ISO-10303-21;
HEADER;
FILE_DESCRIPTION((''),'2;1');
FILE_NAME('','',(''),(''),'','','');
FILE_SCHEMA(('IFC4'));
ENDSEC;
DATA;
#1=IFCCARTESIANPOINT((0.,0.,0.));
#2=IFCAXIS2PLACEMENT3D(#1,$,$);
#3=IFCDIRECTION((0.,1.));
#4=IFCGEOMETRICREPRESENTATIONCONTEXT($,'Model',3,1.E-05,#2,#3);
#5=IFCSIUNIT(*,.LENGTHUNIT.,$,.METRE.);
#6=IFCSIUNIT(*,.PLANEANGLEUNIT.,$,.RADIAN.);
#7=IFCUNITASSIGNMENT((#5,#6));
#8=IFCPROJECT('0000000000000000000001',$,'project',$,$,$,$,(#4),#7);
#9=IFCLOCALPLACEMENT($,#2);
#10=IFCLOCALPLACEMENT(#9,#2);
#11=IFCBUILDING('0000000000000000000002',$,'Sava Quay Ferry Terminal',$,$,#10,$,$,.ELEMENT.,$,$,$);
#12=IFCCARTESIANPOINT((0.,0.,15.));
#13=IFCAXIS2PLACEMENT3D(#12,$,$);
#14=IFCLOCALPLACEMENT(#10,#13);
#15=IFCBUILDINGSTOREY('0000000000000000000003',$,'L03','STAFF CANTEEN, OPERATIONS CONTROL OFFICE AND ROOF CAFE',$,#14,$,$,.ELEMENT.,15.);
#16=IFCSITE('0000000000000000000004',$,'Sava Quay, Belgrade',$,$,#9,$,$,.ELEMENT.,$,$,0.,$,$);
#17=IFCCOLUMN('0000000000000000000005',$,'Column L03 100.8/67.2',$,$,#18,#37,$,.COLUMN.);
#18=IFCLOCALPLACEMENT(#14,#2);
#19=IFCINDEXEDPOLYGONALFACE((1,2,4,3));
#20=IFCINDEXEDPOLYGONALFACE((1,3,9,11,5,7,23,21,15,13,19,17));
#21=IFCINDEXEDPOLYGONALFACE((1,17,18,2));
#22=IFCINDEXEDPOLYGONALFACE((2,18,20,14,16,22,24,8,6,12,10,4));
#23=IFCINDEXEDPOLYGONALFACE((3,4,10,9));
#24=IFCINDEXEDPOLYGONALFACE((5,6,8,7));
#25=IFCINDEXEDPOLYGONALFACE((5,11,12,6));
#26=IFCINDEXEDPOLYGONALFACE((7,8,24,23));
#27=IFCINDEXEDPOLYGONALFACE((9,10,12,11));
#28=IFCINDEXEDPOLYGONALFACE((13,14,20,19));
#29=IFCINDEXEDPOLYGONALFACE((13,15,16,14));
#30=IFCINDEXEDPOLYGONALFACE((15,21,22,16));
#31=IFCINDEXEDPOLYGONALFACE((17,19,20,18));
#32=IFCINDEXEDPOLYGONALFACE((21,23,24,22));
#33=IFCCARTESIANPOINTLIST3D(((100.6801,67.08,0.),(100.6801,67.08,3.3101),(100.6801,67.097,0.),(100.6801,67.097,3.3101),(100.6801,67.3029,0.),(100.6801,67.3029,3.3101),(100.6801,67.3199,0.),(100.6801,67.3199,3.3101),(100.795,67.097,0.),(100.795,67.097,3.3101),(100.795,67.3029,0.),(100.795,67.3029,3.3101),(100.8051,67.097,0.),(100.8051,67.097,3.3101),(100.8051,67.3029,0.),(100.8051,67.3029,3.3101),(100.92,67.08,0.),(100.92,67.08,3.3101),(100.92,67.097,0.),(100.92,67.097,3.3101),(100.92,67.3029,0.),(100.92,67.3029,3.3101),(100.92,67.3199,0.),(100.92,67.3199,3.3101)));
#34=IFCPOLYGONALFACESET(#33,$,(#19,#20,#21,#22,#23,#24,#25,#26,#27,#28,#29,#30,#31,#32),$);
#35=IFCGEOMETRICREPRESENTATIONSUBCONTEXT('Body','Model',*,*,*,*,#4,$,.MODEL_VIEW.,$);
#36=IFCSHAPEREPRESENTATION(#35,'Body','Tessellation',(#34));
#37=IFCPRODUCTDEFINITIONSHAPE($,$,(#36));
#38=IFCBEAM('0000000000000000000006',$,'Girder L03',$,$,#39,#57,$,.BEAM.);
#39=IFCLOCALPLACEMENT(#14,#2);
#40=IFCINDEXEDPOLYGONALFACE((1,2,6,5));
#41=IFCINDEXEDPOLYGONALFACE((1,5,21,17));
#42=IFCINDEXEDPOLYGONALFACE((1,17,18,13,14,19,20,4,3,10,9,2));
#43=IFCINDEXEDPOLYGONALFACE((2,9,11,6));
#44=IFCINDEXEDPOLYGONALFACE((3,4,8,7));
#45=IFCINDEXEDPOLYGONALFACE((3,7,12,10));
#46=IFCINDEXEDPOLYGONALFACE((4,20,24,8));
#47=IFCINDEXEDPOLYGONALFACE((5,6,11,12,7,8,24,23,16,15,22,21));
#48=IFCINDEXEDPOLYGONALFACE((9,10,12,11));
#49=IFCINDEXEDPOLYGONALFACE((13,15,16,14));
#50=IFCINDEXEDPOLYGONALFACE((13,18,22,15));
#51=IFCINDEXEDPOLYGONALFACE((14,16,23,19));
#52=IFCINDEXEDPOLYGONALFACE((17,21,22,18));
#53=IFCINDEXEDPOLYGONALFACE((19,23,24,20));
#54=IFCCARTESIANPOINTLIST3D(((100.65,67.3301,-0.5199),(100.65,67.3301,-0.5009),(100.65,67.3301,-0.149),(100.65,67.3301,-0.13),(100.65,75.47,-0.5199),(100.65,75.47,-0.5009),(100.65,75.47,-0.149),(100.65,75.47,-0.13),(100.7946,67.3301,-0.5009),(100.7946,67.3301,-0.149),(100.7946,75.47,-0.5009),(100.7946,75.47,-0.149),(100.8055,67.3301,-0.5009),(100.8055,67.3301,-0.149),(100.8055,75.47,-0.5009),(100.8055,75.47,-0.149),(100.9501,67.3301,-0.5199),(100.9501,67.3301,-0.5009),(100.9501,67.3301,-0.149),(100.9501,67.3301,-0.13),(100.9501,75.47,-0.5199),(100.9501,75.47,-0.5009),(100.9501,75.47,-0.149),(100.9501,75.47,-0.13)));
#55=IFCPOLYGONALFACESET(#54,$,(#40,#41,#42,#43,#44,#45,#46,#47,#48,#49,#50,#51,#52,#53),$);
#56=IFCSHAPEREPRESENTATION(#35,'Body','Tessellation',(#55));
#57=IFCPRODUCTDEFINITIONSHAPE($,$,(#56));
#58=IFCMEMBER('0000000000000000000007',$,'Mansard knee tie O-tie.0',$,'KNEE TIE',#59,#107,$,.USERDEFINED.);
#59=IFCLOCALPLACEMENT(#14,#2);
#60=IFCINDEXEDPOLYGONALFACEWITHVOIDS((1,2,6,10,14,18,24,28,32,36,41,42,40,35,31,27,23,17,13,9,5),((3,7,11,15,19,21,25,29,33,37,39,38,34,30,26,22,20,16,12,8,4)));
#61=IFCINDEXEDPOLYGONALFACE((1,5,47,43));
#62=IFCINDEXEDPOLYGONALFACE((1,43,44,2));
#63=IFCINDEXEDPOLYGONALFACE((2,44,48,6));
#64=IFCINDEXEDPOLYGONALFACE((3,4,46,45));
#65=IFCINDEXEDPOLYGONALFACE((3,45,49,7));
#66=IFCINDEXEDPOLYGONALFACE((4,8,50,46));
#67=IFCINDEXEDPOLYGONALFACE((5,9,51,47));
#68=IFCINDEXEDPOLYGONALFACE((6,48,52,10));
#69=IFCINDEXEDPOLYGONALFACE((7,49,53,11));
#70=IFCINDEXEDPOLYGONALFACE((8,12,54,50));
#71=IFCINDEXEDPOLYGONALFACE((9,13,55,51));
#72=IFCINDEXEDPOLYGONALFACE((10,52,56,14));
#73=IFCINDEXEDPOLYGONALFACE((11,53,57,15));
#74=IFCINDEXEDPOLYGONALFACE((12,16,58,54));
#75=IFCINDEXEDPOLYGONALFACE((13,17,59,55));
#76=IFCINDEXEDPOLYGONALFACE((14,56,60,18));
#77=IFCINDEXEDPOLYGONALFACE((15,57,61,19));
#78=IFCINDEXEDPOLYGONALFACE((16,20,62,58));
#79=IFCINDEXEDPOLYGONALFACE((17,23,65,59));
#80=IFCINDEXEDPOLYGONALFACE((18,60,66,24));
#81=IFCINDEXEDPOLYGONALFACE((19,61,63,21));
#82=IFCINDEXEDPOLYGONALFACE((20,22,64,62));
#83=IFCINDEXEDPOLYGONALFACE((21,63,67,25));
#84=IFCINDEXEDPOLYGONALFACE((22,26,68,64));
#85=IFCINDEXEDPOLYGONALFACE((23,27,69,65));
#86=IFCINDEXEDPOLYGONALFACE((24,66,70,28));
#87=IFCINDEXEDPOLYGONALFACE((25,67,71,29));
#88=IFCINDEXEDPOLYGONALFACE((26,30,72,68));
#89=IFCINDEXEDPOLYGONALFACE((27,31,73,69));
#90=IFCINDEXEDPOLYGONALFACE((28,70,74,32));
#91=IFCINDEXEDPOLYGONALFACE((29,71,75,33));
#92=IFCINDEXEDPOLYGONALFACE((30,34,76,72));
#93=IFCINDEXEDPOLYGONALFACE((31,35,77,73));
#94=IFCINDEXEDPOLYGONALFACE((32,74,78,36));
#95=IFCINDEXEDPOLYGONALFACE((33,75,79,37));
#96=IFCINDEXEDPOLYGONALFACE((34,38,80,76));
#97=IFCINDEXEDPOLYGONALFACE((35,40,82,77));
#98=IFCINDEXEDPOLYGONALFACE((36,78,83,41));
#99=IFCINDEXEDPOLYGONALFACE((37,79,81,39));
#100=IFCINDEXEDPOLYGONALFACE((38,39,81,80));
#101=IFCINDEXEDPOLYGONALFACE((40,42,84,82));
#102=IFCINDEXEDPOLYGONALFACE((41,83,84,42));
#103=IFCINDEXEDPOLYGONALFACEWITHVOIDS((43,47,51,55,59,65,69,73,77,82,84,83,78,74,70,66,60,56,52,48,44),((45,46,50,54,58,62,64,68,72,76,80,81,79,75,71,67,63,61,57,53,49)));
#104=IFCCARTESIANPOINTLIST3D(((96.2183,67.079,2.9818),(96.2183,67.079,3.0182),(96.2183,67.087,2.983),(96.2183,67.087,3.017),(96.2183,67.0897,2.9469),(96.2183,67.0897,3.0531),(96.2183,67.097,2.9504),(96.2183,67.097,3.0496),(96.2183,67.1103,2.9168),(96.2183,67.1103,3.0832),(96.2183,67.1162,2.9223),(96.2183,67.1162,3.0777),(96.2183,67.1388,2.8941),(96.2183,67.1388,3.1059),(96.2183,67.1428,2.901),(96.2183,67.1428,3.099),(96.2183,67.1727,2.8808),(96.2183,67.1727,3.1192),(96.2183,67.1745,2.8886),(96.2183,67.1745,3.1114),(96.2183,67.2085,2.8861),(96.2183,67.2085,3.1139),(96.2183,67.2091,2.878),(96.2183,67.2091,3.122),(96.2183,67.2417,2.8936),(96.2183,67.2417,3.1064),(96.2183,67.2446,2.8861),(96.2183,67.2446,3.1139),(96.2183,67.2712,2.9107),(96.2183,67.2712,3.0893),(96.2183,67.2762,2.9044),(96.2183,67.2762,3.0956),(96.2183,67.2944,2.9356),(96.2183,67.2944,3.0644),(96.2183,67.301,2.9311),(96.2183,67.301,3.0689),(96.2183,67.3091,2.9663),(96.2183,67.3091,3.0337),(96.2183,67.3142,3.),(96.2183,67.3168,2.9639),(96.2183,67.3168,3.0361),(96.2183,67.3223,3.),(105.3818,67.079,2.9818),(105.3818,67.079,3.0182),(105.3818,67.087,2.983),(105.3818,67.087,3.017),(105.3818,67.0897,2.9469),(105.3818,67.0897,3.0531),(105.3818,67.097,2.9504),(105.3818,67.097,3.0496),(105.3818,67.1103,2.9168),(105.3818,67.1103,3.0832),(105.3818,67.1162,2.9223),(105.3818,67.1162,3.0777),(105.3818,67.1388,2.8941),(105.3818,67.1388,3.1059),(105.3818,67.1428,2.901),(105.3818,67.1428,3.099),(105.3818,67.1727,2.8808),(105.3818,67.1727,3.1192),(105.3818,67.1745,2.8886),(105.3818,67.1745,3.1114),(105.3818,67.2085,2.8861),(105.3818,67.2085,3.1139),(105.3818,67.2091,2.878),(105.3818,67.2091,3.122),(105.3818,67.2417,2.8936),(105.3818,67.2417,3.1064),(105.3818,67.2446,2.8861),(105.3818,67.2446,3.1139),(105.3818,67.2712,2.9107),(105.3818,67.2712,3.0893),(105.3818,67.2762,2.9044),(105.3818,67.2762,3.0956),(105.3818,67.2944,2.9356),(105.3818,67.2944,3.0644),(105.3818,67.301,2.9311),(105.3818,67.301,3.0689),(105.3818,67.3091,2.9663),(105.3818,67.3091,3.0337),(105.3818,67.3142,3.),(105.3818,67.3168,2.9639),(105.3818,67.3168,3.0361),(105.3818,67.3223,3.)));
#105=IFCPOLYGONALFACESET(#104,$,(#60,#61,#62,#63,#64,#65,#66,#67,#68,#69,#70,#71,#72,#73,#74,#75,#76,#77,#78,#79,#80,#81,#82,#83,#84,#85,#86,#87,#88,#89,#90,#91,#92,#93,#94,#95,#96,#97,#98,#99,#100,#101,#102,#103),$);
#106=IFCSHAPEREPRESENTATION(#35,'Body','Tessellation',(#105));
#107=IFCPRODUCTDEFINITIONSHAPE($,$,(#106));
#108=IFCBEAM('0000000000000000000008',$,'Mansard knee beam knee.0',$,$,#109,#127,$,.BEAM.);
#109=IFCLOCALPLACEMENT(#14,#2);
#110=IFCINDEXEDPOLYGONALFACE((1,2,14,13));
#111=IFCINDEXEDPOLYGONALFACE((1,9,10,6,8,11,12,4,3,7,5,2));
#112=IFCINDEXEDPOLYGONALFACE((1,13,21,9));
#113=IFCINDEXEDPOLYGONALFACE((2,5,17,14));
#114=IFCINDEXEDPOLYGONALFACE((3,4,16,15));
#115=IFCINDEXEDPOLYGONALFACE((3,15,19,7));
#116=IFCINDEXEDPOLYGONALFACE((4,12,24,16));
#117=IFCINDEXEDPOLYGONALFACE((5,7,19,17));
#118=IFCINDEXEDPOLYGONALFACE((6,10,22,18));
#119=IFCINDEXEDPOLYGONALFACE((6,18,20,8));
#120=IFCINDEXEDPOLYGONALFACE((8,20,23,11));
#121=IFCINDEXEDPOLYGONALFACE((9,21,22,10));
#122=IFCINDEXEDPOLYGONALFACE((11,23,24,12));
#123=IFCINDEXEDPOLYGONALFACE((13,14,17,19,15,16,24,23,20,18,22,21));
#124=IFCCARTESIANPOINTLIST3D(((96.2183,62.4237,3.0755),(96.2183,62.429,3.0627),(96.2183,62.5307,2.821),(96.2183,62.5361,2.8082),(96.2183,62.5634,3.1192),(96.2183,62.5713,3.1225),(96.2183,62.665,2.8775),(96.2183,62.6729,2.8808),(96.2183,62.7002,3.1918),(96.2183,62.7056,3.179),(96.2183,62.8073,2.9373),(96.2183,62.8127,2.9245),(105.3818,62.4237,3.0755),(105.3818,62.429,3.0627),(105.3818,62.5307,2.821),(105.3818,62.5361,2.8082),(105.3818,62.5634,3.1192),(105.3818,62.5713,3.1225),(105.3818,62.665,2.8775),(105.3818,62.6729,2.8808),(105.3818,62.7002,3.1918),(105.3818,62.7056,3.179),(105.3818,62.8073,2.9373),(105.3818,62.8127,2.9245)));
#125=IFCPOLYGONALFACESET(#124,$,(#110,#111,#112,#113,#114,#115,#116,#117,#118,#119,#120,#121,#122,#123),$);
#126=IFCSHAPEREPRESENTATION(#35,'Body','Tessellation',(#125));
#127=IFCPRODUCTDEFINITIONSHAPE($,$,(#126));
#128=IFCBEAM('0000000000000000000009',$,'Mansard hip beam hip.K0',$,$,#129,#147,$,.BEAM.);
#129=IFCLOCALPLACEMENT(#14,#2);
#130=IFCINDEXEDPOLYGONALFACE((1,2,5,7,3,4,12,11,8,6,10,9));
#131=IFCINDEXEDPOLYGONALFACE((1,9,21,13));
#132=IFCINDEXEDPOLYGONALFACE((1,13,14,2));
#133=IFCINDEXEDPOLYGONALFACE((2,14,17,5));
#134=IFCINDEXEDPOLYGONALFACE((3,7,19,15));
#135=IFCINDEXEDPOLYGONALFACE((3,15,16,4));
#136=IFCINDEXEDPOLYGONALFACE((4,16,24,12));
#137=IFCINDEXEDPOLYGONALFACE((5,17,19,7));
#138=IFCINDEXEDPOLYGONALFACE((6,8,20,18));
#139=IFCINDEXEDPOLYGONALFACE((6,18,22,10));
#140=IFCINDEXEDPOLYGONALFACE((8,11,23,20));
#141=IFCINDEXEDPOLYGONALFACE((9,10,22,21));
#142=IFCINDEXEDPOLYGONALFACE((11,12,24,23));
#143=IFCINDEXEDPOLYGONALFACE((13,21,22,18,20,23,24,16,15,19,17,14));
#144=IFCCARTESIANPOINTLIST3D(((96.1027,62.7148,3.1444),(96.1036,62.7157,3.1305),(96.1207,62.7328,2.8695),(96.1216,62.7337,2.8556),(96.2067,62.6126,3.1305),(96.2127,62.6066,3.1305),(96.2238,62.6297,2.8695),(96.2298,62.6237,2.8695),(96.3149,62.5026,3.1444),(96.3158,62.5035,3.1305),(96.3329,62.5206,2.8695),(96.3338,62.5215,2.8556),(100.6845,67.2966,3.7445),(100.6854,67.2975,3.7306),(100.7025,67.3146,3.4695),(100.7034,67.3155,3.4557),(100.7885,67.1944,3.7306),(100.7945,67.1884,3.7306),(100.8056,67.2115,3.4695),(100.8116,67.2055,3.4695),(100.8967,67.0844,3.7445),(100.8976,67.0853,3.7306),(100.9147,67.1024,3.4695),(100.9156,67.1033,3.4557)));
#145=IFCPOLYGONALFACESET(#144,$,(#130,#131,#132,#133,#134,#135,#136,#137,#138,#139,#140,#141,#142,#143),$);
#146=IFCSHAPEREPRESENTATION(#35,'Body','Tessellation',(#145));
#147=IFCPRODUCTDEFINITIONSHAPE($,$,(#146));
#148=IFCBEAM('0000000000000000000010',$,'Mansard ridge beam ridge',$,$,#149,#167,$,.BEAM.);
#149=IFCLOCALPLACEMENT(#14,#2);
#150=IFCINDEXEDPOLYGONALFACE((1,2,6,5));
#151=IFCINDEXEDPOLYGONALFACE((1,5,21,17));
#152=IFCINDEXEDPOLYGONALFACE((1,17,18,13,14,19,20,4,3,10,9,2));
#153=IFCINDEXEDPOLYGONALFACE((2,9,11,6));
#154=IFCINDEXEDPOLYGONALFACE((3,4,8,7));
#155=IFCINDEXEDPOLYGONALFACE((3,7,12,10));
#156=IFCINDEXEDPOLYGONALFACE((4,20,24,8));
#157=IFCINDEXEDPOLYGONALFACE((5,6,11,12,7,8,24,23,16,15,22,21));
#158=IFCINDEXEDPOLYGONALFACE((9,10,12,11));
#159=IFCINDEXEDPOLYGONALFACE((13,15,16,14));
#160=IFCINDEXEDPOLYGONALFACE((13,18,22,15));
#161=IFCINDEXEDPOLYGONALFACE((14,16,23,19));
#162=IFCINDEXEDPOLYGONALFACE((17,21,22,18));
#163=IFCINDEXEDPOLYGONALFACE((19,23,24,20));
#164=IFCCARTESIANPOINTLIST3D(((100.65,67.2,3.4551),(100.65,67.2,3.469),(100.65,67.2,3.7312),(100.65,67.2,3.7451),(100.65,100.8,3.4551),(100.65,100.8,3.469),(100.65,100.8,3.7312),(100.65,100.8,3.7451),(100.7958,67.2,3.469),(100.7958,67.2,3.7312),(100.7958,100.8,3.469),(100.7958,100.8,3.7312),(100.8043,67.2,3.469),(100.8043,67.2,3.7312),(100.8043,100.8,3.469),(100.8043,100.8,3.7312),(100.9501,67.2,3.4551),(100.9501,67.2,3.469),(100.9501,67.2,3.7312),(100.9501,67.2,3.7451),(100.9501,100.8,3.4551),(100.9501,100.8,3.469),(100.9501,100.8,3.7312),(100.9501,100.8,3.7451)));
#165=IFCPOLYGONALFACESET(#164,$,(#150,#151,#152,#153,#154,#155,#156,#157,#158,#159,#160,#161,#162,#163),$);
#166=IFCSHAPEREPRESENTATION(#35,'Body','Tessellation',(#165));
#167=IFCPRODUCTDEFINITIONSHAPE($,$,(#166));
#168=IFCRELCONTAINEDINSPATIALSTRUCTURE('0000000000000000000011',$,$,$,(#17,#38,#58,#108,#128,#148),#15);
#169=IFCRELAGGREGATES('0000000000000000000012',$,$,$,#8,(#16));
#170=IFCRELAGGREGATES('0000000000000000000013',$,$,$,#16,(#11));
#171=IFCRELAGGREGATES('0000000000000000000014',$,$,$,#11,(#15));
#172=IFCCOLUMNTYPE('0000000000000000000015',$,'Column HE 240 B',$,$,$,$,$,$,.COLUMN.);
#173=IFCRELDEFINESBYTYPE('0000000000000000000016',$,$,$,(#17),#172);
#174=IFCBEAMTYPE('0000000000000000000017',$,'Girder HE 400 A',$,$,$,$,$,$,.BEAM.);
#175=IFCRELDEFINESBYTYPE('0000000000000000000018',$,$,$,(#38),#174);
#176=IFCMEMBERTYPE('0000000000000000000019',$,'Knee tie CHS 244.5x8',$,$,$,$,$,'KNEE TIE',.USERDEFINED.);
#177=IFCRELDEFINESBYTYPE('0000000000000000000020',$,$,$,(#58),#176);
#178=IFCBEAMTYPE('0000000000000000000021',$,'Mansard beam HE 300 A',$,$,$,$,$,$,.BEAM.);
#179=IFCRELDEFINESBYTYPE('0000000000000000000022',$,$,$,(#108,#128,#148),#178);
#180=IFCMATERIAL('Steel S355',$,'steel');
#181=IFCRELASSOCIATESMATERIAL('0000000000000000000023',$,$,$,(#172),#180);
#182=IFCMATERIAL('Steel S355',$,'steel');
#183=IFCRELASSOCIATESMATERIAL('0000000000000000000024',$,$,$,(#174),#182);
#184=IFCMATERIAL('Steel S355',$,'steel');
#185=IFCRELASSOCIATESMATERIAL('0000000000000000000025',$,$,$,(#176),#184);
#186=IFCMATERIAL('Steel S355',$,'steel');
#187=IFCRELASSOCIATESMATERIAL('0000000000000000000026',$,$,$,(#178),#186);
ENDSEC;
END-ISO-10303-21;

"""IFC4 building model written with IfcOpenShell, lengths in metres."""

from ifc_helpers import new_model, si_unit, direction, frame, origin, origin_2d, place, context, subcontext, project, spatial, hollow_circle, i_section, extrude, material, material_profile, profile_set, type_object, element, save


model = new_model("IFC4")

# Units and contexts
model_context = context("Model", 3, precision=1e-05, world=origin(), true_north=direction((0.0, 1.0)))
body_context = subcontext(model_context, "Body", "Model", "MODEL_VIEW")
ifc_project = project(units=[si_unit("LENGTHUNIT", "METRE"), si_unit("PLANEANGLEUNIT", "RADIAN")], contexts=[model_context])

# Site, building, storey
site_placement = place(None, origin())
site = spatial("IfcSite", under=ifc_project, at=site_placement, Name="Sava Quay, Belgrade", CompositionType="ELEMENT", RefElevation=0.0)
building_placement = place(site_placement, origin())
building = spatial("IfcBuilding", under=site, at=building_placement, Name="Sava Quay Ferry Terminal", CompositionType="ELEMENT")
storey_placement = place(building_placement, frame((0.0, 0.0, 15.0)))
storey = spatial("IfcBuildingStorey", under=building, at=storey_placement, Name="L03", Description="STAFF CANTEEN, OPERATIONS CONTROL OFFICE AND ROOF CAFE", CompositionType="ELEMENT", Elevation=15.0)

# Column
ifc_material_1 = material(Name="Steel S355", Category="steel")
ifc_material_profile_1 = material_profile(ifc_material_1, i_section(OverallWidth=0.24, OverallDepth=0.24, WebThickness=0.01, FlangeThickness=0.0171, at=origin_2d()), Name="HE 240 B")
ifc_profile_set_1 = profile_set([ifc_material_profile_1], Name="Steel S355")
column_type = type_object("IfcColumnType", Name="Column HE 240 B", PredefinedType="COLUMN", material=ifc_profile_set_1)
column_placement = place(storey_placement, frame((100.8, 67.2, 0.0), z_axis=(0.0, 0.0, 1.0), x_axis=(1.0, 0.0, 0.0)))
element("IfcColumn", 1, at=column_placement, inside=storey, type_object=column_type, Name="Column L03 100.8/67.2", PredefinedType="COLUMN", context=body_context, shape_type="SweptSolid", body=[
    extrude(i_section(OverallWidth=0.24, OverallDepth=0.24, WebThickness=0.01, FlangeThickness=0.0171, at=origin_2d()), origin(), (0.0, 0.0, 1.0), 3.3101),
])

# Beam
ifc_material_2 = material(Name="Steel S355", Category="steel")
ifc_material_profile_2 = material_profile(ifc_material_2, i_section(OverallWidth=0.3, OverallDepth=0.3899, WebThickness=0.011, FlangeThickness=0.019, at=origin_2d()), Name="HE 400 A")
ifc_profile_set_2 = profile_set([ifc_material_profile_2], Name="Steel S355")
beam_type_1 = type_object("IfcBeamType", Name="Girder HE 400 A", PredefinedType="BEAM", material=ifc_profile_set_2)
beam_1_placement = place(storey_placement, frame((100.8, 67.3301, -0.325), z_axis=(0.0, 1.0, 0.0), x_axis=(-1.0, 0.0, 0.0)))
element("IfcBeam", 2, at=beam_1_placement, inside=storey, type_object=beam_type_1, Name="Girder L03", PredefinedType="BEAM", context=body_context, shape_type="SweptSolid", body=[
    extrude(i_section(OverallWidth=0.3, OverallDepth=0.3899, WebThickness=0.011, FlangeThickness=0.019, at=origin_2d()), origin(), (0.0, 0.0, 1.0), 8.1399),
])

# Member
ifc_material_3 = material(Name="Steel S355", Category="steel")
ifc_material_profile_3 = material_profile(ifc_material_3, hollow_circle(Radius=0.1223, WallThickness=0.0081, at=origin_2d()), Name="CHS 244.5 x 8.0")
ifc_profile_set_3 = profile_set([ifc_material_profile_3], Name="Steel S355")
member_type_1 = type_object("IfcMemberType", Name="Knee tie CHS 244.5x8", ElementType="KNEE TIE", PredefinedType="USERDEFINED", material=ifc_profile_set_3)
member_1_placement = place(storey_placement, frame((96.2183, 67.2, 3.0), z_axis=(1.0, 0.0, 0.0), x_axis=(0.0, 1.0, 0.0)))
element("IfcMember", 3, at=member_1_placement, inside=storey, type_object=member_type_1, Name="Mansard knee tie O-tie.0", ObjectType="KNEE TIE", PredefinedType="USERDEFINED", context=body_context, shape_type="SweptSolid", body=[
    extrude(hollow_circle(Radius=0.1223, WallThickness=0.0081, at=origin_2d()), origin(), (0.0, 0.0, 1.0), 9.1636),
])

# Beams
ifc_material_4 = material(Name="Steel S355", Category="steel")
ifc_material_profile_4 = material_profile(ifc_material_4, i_section(OverallWidth=0.3, OverallDepth=0.29, WebThickness=0.0085, FlangeThickness=0.0139, at=origin_2d()), Name="HE 300 A")
ifc_profile_set_4 = profile_set([ifc_material_profile_4], Name="Steel S355")
beam_type_2 = type_object("IfcBeamType", Name="Mansard beam HE 300 A", PredefinedType="BEAM", material=ifc_profile_set_4)
beam_2_placement = place(storey_placement, frame((96.2183, 62.6182, 3.0), z_axis=(1.0, 0.0, 0.0), x_axis=(0.0, 0.921803, 0.387659)))
element("IfcBeam", 4, at=beam_2_placement, inside=storey, type_object=beam_type_2, Name="Mansard knee beam knee.0", PredefinedType="BEAM", context=body_context, shape_type="SweptSolid", body=[
    extrude(i_section(OverallWidth=0.3, OverallDepth=0.29, WebThickness=0.0085, FlangeThickness=0.0139, at=origin_2d()), origin(), (0.0, 0.0, 1.0), 9.1636),
])
beam_3_placement = place(storey_placement, frame((96.2183, 62.6182, 3.0), z_axis=(0.704094, 0.704094, 0.092218), x_axis=(-0.707107, 0.707107, 0.0)))
element("IfcBeam", 5, at=beam_3_placement, inside=storey, type_object=beam_type_2, Name="Mansard hip beam hip.K0", PredefinedType="BEAM", context=body_context, shape_type="SweptSolid", body=[
    extrude(i_section(OverallWidth=0.3, OverallDepth=0.29, WebThickness=0.0085, FlangeThickness=0.0139, at=origin_2d()), origin(), (0.0, 0.0, 1.0), 6.5073),
])
beam_4_placement = place(storey_placement, frame((100.8, 67.2, 3.6001), z_axis=(0.0, 1.0, 0.0), x_axis=(-1.0, 0.0, 0.0)))
element("IfcBeam", 6, at=beam_4_placement, inside=storey, type_object=beam_type_2, Name="Mansard ridge beam ridge", PredefinedType="BEAM", context=body_context, shape_type="SweptSolid", body=[
    extrude(i_section(OverallWidth=0.3, OverallDepth=0.29, WebThickness=0.0085, FlangeThickness=0.0139, at=origin_2d()), origin(), (0.0, 0.0, 1.0), 33.6001),
])

save(model, "model.ifc")
